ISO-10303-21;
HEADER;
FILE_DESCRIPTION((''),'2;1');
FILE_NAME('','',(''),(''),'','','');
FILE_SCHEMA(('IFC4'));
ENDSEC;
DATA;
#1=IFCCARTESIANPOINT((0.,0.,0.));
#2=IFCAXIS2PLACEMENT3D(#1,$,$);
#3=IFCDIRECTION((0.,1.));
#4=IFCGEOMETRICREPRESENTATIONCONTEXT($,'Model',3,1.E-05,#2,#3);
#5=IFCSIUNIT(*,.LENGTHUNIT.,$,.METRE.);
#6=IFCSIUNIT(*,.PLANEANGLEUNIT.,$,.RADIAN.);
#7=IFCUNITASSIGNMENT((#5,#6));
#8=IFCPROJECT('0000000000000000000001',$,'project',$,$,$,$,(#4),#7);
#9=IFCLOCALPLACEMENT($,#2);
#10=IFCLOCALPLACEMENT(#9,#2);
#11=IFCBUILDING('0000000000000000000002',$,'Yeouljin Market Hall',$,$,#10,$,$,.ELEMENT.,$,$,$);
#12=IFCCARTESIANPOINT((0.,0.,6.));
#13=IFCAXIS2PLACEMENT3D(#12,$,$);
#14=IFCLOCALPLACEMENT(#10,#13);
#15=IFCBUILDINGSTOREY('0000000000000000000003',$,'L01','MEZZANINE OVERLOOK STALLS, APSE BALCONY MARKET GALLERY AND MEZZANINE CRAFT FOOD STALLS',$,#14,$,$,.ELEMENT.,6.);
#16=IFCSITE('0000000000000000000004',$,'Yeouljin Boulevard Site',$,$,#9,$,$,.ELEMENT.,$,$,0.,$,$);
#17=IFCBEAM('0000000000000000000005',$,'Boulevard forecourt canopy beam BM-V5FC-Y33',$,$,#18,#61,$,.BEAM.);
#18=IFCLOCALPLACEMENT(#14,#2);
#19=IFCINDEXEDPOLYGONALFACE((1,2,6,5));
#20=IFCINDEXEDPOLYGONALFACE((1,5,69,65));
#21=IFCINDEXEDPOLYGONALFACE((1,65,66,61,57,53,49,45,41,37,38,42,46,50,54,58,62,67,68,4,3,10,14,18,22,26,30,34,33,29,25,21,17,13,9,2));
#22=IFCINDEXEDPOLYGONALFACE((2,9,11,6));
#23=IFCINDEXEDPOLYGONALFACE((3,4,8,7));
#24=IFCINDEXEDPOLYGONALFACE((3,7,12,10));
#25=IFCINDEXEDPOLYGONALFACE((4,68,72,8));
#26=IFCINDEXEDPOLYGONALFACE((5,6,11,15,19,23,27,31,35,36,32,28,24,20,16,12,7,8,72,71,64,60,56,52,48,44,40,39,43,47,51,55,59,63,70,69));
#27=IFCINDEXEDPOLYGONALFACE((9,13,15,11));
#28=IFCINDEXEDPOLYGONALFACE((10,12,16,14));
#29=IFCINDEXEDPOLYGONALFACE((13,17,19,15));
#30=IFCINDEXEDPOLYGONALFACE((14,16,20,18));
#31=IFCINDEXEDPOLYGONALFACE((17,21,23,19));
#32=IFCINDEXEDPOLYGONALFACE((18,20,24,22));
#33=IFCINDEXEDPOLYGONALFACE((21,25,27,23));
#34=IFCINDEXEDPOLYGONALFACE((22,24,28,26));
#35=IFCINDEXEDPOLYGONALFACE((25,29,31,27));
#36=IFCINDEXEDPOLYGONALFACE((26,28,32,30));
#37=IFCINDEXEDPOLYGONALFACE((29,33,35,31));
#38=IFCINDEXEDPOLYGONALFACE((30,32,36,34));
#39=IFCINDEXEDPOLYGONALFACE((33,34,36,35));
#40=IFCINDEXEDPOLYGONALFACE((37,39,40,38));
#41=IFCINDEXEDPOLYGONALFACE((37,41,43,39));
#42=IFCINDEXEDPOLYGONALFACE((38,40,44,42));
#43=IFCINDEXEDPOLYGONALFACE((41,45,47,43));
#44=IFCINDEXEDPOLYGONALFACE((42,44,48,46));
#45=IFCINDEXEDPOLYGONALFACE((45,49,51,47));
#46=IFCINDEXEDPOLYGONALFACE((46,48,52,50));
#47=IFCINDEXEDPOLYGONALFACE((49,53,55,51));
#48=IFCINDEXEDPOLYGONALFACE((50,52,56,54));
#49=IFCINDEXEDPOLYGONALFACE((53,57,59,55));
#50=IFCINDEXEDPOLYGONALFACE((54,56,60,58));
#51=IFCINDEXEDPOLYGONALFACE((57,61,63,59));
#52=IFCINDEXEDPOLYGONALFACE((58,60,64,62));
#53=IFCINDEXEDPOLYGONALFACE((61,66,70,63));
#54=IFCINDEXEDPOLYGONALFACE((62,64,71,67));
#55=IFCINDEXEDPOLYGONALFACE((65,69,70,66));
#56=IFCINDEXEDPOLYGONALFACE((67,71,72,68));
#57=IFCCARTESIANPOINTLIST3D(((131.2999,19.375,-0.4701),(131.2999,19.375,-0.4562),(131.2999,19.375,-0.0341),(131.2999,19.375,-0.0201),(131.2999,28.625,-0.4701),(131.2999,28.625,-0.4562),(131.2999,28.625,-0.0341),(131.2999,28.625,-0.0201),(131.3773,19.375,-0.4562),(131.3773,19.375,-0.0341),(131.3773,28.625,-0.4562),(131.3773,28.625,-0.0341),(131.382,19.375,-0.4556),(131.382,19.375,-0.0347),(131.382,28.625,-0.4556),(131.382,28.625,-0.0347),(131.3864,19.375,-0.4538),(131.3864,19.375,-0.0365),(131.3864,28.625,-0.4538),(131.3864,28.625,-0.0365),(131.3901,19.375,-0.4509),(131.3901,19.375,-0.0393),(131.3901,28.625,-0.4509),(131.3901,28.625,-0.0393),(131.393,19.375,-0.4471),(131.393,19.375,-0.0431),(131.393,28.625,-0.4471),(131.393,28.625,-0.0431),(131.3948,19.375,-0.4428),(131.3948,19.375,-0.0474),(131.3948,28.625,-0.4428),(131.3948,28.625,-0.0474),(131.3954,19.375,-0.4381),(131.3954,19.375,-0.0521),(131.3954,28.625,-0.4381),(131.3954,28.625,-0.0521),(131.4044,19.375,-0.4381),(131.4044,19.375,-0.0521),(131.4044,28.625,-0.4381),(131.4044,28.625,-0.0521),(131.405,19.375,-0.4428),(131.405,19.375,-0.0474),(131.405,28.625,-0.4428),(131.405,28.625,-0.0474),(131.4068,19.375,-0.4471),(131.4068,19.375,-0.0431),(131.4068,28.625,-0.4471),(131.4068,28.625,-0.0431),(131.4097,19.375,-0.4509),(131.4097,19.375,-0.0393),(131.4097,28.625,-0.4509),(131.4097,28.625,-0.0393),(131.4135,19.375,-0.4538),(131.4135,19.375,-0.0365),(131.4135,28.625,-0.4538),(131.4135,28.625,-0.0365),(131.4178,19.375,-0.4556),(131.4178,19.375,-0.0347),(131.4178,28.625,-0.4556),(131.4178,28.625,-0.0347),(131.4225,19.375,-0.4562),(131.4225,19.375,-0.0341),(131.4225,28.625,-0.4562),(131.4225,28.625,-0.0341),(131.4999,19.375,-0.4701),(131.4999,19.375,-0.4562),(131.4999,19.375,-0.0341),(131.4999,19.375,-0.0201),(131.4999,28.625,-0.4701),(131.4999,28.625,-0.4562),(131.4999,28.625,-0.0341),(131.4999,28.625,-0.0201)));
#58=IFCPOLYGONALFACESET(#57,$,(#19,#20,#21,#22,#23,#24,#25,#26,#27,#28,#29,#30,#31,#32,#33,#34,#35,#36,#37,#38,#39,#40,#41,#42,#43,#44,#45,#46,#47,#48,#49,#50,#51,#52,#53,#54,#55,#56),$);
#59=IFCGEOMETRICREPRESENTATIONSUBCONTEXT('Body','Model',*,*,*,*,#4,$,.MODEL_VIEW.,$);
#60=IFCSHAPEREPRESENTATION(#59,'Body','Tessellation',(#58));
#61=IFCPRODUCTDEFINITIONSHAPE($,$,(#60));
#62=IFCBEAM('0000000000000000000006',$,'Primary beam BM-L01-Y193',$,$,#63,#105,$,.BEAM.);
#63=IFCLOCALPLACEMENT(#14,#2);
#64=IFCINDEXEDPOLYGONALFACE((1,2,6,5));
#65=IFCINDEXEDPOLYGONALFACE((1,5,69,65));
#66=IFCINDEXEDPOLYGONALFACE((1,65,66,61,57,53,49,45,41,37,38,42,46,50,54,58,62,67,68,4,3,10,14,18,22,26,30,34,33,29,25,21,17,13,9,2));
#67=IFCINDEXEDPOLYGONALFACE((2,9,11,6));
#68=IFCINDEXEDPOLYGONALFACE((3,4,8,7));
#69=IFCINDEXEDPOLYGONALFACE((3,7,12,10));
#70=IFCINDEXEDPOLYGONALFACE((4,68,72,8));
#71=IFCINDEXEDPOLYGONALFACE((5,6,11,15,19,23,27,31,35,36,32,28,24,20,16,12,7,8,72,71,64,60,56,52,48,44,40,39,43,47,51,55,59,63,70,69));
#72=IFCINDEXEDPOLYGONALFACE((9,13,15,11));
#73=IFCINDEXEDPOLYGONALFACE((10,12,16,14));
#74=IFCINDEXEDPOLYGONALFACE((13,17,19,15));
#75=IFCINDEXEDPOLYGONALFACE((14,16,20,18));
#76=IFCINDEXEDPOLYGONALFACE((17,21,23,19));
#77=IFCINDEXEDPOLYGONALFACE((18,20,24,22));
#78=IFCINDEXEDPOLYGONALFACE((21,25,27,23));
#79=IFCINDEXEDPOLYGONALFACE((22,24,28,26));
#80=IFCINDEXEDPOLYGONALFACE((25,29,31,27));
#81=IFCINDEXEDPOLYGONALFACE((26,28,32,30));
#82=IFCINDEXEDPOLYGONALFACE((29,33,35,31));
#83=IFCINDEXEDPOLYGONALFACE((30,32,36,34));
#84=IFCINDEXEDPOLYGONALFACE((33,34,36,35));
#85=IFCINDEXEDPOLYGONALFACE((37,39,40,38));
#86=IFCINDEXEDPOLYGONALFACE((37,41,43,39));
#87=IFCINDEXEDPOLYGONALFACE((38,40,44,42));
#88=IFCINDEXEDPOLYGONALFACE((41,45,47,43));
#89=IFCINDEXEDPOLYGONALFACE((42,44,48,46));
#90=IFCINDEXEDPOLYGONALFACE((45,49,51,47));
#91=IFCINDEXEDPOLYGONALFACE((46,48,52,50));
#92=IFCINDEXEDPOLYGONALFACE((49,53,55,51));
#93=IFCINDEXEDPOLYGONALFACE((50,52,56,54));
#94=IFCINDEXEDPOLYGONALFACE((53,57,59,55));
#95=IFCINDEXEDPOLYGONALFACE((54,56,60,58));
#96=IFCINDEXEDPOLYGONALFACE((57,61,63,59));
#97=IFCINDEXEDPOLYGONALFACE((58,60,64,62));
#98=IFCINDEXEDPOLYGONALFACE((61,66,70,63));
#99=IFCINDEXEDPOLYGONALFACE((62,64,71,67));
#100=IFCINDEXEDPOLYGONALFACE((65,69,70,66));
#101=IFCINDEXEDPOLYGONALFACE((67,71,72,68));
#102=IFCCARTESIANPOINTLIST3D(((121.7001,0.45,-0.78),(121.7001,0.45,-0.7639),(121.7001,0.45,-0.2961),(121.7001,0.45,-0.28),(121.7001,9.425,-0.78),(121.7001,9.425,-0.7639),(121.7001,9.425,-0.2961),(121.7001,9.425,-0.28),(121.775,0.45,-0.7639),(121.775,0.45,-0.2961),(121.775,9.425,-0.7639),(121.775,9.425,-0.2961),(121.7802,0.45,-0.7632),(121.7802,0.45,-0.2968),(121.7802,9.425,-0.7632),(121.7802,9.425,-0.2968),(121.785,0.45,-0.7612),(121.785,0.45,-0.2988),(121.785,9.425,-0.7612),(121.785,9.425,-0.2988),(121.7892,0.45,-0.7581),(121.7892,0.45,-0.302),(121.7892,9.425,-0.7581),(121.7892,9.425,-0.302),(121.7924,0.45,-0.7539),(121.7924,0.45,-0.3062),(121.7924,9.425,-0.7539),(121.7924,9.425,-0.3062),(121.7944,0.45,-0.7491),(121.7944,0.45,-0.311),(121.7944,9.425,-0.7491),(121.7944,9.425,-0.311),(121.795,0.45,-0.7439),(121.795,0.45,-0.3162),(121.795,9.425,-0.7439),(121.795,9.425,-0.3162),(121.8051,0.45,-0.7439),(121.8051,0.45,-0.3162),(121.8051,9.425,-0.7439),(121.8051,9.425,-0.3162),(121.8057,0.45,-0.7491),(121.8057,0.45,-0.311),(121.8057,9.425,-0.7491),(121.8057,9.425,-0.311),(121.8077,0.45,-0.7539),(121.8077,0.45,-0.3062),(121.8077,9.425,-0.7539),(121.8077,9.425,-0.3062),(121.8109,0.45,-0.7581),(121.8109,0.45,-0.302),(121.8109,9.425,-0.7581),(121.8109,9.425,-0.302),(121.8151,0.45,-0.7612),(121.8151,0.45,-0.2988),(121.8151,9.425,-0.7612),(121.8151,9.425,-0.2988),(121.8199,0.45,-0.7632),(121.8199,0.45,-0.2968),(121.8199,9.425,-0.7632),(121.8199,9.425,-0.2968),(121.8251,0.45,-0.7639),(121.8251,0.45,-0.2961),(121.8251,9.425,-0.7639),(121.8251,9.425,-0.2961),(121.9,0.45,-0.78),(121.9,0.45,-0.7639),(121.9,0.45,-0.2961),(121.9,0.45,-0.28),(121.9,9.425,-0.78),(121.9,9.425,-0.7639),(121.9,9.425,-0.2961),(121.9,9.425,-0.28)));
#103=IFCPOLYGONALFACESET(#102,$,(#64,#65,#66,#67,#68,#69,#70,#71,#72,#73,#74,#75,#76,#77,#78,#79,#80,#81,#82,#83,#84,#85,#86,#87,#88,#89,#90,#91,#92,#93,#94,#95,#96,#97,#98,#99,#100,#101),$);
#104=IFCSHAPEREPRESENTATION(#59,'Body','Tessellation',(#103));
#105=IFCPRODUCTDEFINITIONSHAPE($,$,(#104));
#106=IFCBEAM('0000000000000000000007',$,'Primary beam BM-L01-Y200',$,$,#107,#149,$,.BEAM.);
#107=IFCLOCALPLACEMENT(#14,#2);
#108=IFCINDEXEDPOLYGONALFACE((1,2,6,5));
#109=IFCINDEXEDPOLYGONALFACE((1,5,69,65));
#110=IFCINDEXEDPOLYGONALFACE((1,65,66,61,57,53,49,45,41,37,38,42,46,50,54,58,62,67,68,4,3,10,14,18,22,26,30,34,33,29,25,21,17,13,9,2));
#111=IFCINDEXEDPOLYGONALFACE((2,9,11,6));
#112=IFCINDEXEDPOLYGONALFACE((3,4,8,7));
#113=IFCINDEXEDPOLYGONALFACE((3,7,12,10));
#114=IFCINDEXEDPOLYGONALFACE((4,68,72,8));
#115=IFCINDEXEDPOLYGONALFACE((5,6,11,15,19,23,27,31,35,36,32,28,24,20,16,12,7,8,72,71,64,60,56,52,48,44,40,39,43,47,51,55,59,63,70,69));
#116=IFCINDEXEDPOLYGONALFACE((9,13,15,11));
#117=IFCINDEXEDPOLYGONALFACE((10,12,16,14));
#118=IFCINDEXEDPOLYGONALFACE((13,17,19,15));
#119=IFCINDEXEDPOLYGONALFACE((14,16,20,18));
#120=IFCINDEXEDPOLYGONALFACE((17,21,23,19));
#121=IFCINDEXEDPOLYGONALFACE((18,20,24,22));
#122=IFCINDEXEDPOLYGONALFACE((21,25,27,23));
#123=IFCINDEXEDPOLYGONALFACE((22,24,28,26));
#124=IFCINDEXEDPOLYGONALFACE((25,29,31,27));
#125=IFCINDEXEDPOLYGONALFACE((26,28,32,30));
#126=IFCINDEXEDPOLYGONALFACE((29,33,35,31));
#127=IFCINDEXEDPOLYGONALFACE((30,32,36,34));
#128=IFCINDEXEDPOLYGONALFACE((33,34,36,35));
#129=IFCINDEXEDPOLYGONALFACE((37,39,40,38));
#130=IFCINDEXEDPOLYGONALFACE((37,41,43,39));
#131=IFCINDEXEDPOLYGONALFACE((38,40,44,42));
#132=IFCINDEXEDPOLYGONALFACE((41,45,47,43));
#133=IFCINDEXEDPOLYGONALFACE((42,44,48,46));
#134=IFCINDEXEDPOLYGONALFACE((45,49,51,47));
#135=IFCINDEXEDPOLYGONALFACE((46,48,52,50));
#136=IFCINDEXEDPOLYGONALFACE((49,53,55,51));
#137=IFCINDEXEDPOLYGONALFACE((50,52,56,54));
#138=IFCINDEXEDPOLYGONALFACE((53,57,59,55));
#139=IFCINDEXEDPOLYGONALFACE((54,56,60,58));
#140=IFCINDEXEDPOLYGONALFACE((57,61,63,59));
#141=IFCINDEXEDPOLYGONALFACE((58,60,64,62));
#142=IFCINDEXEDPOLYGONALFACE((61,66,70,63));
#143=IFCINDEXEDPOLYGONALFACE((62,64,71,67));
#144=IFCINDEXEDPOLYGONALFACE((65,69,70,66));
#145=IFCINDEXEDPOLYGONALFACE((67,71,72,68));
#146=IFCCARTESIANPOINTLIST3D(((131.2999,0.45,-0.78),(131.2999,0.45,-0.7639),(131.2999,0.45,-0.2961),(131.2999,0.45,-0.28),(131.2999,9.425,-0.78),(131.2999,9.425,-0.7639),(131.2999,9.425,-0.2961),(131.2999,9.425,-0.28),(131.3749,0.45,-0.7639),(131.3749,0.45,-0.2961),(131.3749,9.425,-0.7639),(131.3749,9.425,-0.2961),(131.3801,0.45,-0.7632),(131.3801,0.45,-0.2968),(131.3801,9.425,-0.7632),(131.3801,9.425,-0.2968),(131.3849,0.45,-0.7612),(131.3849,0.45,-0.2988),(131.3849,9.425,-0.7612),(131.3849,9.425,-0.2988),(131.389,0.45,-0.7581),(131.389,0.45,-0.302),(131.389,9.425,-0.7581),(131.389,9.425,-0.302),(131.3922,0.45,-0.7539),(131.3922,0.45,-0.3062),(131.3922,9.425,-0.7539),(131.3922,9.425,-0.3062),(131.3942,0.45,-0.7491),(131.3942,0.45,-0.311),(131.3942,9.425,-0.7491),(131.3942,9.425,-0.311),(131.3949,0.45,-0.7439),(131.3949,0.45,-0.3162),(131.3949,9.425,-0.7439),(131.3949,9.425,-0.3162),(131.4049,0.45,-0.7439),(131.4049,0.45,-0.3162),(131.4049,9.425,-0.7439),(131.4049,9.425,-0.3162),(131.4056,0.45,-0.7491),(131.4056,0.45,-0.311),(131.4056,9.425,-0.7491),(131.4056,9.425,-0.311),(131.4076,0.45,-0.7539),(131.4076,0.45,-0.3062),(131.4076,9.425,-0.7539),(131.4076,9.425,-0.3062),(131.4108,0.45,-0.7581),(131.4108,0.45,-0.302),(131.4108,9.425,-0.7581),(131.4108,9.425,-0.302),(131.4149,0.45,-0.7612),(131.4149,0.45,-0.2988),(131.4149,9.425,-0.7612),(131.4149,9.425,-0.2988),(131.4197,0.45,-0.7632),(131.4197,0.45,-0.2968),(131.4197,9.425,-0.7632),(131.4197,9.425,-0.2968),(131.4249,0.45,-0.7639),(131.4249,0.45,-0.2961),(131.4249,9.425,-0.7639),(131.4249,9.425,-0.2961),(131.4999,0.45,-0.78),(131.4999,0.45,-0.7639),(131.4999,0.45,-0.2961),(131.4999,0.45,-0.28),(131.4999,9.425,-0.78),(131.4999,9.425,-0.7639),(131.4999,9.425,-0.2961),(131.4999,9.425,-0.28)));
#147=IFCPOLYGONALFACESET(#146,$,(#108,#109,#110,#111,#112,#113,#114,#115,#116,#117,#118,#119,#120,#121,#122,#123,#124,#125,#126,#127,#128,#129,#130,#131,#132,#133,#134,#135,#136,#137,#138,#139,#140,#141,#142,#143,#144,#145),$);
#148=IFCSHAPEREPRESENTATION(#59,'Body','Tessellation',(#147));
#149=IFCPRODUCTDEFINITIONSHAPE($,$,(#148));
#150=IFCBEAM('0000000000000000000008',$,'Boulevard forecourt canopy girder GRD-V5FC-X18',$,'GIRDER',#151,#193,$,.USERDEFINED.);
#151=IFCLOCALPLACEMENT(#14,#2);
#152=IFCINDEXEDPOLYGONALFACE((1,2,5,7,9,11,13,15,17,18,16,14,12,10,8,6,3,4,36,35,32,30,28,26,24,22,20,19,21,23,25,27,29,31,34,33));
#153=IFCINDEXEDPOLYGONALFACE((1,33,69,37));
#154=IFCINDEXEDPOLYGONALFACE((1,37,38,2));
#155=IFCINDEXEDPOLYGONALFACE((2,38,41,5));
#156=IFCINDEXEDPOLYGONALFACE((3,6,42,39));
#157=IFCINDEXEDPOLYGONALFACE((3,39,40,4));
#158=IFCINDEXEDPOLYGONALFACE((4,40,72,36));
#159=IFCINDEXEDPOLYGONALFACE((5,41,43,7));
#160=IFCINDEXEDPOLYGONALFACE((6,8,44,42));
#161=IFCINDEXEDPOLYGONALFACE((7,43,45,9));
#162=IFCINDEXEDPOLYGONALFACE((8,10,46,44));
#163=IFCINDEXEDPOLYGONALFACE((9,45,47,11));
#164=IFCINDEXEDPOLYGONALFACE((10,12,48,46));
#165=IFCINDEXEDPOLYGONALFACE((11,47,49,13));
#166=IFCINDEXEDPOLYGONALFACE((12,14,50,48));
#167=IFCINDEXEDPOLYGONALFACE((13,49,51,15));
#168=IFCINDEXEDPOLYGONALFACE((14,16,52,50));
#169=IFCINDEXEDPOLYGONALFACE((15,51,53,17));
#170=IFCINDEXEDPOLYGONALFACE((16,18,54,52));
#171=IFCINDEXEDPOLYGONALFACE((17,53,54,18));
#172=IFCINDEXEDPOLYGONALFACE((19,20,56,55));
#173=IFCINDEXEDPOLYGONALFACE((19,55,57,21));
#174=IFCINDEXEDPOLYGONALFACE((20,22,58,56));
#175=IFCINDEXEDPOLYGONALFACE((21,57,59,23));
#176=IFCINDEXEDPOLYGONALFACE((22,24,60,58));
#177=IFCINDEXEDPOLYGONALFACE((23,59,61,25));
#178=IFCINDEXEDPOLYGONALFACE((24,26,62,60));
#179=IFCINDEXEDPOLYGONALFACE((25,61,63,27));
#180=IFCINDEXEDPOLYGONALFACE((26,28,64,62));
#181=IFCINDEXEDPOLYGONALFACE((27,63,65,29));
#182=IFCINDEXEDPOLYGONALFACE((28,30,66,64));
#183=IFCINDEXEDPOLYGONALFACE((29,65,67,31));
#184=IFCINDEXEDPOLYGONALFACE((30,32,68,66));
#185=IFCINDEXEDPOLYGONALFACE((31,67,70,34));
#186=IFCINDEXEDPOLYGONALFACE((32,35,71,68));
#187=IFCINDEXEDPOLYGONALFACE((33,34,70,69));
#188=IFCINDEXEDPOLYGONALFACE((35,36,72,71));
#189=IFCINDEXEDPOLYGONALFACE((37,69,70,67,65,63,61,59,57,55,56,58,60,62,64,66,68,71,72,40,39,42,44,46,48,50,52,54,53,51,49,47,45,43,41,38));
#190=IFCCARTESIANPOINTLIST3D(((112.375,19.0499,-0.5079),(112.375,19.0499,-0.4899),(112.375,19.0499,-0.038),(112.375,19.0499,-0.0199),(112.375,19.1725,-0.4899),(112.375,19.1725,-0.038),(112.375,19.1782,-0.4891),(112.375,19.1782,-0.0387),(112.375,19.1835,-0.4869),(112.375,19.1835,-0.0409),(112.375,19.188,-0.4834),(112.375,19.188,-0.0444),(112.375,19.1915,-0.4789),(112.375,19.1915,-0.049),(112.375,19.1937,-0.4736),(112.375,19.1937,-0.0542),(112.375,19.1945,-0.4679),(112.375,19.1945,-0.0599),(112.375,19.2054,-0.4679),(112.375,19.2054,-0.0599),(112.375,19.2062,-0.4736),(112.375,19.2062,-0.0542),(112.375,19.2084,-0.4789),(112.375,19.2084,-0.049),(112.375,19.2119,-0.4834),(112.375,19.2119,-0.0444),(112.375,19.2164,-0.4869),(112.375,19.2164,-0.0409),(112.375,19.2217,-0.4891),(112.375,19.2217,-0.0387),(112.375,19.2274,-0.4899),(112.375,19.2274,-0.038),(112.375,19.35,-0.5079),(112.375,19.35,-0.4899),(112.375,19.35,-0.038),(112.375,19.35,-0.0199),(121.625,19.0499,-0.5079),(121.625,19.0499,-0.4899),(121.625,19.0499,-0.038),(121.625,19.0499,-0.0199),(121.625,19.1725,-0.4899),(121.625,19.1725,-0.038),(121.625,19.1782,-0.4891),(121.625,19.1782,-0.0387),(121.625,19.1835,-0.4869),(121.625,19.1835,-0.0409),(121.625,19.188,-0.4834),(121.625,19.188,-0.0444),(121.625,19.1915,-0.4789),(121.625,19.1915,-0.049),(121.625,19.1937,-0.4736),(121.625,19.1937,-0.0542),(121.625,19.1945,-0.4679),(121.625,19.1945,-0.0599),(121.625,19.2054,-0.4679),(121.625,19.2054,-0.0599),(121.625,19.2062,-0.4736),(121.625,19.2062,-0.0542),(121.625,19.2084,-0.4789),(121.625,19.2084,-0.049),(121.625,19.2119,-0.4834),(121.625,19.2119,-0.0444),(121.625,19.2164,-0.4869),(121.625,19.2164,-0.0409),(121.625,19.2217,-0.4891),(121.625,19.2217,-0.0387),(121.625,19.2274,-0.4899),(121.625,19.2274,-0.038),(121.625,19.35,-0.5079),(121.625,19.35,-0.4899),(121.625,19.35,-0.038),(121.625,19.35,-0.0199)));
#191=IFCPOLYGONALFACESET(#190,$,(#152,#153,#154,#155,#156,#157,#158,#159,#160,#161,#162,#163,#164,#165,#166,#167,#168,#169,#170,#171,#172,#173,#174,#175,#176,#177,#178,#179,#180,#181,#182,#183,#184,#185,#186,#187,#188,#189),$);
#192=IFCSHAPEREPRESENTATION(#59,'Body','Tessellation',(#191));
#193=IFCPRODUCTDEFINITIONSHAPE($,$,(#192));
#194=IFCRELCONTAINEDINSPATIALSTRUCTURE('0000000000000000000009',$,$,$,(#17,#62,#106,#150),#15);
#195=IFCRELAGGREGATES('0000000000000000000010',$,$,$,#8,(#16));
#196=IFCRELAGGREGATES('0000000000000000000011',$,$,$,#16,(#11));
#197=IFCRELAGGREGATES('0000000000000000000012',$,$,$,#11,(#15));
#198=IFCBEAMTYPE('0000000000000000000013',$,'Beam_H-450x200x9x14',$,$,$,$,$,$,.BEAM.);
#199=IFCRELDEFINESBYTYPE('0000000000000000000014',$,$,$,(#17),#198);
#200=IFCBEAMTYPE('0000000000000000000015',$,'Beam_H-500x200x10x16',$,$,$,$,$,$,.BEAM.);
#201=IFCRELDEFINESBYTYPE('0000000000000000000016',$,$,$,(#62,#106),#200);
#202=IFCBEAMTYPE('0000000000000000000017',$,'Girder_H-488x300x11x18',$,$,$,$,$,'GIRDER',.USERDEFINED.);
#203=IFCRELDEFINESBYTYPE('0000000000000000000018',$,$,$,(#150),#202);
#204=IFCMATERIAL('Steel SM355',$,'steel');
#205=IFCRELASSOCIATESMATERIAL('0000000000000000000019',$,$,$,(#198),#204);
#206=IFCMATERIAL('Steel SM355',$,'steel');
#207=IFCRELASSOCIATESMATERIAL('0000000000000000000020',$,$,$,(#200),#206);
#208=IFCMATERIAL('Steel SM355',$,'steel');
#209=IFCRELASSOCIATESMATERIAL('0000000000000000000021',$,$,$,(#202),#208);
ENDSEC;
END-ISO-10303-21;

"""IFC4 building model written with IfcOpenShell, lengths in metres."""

from ifc_helpers import new_model, si_unit, direction, frame, origin, origin_2d, place, context, subcontext, project, spatial, i_section, extrude, material, material_profile, profile_set, type_object, element, save


model = new_model("IFC4")

# Units and contexts
model_context = context("Model", 3, precision=1e-05, world=origin(), true_north=direction((0.0, 1.0)))
body_context = subcontext(model_context, "Body", "Model", "MODEL_VIEW")
ifc_project = project(units=[si_unit("LENGTHUNIT", "METRE"), si_unit("PLANEANGLEUNIT", "RADIAN")], contexts=[model_context])

# Site, building, storey
site_placement = place(None, origin())
site = spatial("IfcSite", under=ifc_project, at=site_placement, Name="Yeouljin Boulevard Site", CompositionType="ELEMENT", RefElevation=0.0)
building_placement = place(site_placement, origin())
building = spatial("IfcBuilding", under=site, at=building_placement, Name="Yeouljin Market Hall", CompositionType="ELEMENT")
storey_placement = place(building_placement, frame((0.0, 0.0, 6.0)))
storey = spatial("IfcBuildingStorey", under=building, at=storey_placement, Name="L01", Description="MEZZANINE OVERLOOK STALLS, APSE BALCONY MARKET GALLERY AND MEZZANINE CRAFT FOOD STALLS", CompositionType="ELEMENT", Elevation=6.0)

# Beams
ifc_material_1 = material(Name="Steel SM355", Category="steel")
ifc_material_profile_1 = material_profile(ifc_material_1, i_section(OverallWidth=0.2, OverallDepth=0.45, WebThickness=0.009, FlangeThickness=0.0139, FilletRadius=0.0181, at=origin_2d()), Name="H-450x200x9x14")
ifc_profile_set_1 = profile_set([ifc_material_profile_1], Name="Steel SM355")
beam_type_1 = type_object("IfcBeamType", Name="Beam_H-450x200x9x14", PredefinedType="BEAM", material=ifc_profile_set_1)
for number, where, z_axis, x_axis, name in (
    (1, (131.3999, 19.375, -0.2451), (0.0, 1.0, 0.0), (-1.0, 0.0, 0.0), "Boulevard forecourt canopy beam BM-V5FC-Y33"),
):
    element("IfcBeam", number, at=place(storey_placement, frame(where, z_axis=z_axis, x_axis=x_axis)), inside=storey, type_object=beam_type_1, Name=name, PredefinedType="BEAM", context=body_context, shape_type="SweptSolid", body=[
        extrude(i_section(OverallWidth=0.2, OverallDepth=0.45, WebThickness=0.009, FlangeThickness=0.0139, FilletRadius=0.0181, at=origin_2d()), origin(), (0.0, 0.0, 1.0), 9.25),
    ])
ifc_material_2 = material(Name="Steel SM355", Category="steel")
ifc_material_profile_2 = material_profile(ifc_material_2, i_section(OverallWidth=0.2, OverallDepth=0.5, WebThickness=0.01, FlangeThickness=0.0161, FilletRadius=0.02, at=origin_2d()), Name="H-500x200x10x16")
ifc_profile_set_2 = profile_set([ifc_material_profile_2], Name="Steel SM355")
beam_type_2 = type_object("IfcBeamType", Name="Beam_H-500x200x10x16", PredefinedType="BEAM", material=ifc_profile_set_2)
for number, where, z_axis, x_axis, name in (
    (2, (121.8, 0.45, -0.53), (0.0, 1.0, 0.0), (-1.0, 0.0, 0.0), "Primary beam BM-L01-Y193"),
    (3, (131.3999, 0.45, -0.53), (0.0, 1.0, 0.0), (-1.0, 0.0, 0.0), "Primary beam BM-L01-Y200"),
):
    element("IfcBeam", number, at=place(storey_placement, frame(where, z_axis=z_axis, x_axis=x_axis)), inside=storey, type_object=beam_type_2, Name=name, PredefinedType="BEAM", context=body_context, shape_type="SweptSolid", body=[
        extrude(i_section(OverallWidth=0.2, OverallDepth=0.5, WebThickness=0.01, FlangeThickness=0.0161, FilletRadius=0.02, at=origin_2d()), origin(), (0.0, 0.0, 1.0), 8.9751),
    ])
ifc_material_3 = material(Name="Steel SM355", Category="steel")
ifc_material_profile_3 = material_profile(ifc_material_3, i_section(OverallWidth=0.3, OverallDepth=0.488, WebThickness=0.011, FlangeThickness=0.0181, FilletRadius=0.022, at=origin_2d()), Name="H-488x300x11x18")
ifc_profile_set_3 = profile_set([ifc_material_profile_3], Name="Steel SM355")
beam_type_3 = type_object("IfcBeamType", Name="Girder_H-488x300x11x18", ElementType="GIRDER", PredefinedType="USERDEFINED", material=ifc_profile_set_3)
for number, where, z_axis, x_axis, name in (
    (4, (112.375, 19.2, -0.2639), (1.0, 0.0, 0.0), (0.0, 1.0, 0.0), "Boulevard forecourt canopy girder GRD-V5FC-X18"),
):
    element("IfcBeam", number, at=place(storey_placement, frame(where, z_axis=z_axis, x_axis=x_axis)), inside=storey, type_object=beam_type_3, Name=name, ObjectType="GIRDER", PredefinedType="USERDEFINED", context=body_context, shape_type="SweptSolid", body=[
        extrude(i_section(OverallWidth=0.3, OverallDepth=0.488, WebThickness=0.011, FlangeThickness=0.0181, FilletRadius=0.022, at=origin_2d()), origin(), (0.0, 0.0, 1.0), 9.25),
    ])

save(model, "model.ifc")
